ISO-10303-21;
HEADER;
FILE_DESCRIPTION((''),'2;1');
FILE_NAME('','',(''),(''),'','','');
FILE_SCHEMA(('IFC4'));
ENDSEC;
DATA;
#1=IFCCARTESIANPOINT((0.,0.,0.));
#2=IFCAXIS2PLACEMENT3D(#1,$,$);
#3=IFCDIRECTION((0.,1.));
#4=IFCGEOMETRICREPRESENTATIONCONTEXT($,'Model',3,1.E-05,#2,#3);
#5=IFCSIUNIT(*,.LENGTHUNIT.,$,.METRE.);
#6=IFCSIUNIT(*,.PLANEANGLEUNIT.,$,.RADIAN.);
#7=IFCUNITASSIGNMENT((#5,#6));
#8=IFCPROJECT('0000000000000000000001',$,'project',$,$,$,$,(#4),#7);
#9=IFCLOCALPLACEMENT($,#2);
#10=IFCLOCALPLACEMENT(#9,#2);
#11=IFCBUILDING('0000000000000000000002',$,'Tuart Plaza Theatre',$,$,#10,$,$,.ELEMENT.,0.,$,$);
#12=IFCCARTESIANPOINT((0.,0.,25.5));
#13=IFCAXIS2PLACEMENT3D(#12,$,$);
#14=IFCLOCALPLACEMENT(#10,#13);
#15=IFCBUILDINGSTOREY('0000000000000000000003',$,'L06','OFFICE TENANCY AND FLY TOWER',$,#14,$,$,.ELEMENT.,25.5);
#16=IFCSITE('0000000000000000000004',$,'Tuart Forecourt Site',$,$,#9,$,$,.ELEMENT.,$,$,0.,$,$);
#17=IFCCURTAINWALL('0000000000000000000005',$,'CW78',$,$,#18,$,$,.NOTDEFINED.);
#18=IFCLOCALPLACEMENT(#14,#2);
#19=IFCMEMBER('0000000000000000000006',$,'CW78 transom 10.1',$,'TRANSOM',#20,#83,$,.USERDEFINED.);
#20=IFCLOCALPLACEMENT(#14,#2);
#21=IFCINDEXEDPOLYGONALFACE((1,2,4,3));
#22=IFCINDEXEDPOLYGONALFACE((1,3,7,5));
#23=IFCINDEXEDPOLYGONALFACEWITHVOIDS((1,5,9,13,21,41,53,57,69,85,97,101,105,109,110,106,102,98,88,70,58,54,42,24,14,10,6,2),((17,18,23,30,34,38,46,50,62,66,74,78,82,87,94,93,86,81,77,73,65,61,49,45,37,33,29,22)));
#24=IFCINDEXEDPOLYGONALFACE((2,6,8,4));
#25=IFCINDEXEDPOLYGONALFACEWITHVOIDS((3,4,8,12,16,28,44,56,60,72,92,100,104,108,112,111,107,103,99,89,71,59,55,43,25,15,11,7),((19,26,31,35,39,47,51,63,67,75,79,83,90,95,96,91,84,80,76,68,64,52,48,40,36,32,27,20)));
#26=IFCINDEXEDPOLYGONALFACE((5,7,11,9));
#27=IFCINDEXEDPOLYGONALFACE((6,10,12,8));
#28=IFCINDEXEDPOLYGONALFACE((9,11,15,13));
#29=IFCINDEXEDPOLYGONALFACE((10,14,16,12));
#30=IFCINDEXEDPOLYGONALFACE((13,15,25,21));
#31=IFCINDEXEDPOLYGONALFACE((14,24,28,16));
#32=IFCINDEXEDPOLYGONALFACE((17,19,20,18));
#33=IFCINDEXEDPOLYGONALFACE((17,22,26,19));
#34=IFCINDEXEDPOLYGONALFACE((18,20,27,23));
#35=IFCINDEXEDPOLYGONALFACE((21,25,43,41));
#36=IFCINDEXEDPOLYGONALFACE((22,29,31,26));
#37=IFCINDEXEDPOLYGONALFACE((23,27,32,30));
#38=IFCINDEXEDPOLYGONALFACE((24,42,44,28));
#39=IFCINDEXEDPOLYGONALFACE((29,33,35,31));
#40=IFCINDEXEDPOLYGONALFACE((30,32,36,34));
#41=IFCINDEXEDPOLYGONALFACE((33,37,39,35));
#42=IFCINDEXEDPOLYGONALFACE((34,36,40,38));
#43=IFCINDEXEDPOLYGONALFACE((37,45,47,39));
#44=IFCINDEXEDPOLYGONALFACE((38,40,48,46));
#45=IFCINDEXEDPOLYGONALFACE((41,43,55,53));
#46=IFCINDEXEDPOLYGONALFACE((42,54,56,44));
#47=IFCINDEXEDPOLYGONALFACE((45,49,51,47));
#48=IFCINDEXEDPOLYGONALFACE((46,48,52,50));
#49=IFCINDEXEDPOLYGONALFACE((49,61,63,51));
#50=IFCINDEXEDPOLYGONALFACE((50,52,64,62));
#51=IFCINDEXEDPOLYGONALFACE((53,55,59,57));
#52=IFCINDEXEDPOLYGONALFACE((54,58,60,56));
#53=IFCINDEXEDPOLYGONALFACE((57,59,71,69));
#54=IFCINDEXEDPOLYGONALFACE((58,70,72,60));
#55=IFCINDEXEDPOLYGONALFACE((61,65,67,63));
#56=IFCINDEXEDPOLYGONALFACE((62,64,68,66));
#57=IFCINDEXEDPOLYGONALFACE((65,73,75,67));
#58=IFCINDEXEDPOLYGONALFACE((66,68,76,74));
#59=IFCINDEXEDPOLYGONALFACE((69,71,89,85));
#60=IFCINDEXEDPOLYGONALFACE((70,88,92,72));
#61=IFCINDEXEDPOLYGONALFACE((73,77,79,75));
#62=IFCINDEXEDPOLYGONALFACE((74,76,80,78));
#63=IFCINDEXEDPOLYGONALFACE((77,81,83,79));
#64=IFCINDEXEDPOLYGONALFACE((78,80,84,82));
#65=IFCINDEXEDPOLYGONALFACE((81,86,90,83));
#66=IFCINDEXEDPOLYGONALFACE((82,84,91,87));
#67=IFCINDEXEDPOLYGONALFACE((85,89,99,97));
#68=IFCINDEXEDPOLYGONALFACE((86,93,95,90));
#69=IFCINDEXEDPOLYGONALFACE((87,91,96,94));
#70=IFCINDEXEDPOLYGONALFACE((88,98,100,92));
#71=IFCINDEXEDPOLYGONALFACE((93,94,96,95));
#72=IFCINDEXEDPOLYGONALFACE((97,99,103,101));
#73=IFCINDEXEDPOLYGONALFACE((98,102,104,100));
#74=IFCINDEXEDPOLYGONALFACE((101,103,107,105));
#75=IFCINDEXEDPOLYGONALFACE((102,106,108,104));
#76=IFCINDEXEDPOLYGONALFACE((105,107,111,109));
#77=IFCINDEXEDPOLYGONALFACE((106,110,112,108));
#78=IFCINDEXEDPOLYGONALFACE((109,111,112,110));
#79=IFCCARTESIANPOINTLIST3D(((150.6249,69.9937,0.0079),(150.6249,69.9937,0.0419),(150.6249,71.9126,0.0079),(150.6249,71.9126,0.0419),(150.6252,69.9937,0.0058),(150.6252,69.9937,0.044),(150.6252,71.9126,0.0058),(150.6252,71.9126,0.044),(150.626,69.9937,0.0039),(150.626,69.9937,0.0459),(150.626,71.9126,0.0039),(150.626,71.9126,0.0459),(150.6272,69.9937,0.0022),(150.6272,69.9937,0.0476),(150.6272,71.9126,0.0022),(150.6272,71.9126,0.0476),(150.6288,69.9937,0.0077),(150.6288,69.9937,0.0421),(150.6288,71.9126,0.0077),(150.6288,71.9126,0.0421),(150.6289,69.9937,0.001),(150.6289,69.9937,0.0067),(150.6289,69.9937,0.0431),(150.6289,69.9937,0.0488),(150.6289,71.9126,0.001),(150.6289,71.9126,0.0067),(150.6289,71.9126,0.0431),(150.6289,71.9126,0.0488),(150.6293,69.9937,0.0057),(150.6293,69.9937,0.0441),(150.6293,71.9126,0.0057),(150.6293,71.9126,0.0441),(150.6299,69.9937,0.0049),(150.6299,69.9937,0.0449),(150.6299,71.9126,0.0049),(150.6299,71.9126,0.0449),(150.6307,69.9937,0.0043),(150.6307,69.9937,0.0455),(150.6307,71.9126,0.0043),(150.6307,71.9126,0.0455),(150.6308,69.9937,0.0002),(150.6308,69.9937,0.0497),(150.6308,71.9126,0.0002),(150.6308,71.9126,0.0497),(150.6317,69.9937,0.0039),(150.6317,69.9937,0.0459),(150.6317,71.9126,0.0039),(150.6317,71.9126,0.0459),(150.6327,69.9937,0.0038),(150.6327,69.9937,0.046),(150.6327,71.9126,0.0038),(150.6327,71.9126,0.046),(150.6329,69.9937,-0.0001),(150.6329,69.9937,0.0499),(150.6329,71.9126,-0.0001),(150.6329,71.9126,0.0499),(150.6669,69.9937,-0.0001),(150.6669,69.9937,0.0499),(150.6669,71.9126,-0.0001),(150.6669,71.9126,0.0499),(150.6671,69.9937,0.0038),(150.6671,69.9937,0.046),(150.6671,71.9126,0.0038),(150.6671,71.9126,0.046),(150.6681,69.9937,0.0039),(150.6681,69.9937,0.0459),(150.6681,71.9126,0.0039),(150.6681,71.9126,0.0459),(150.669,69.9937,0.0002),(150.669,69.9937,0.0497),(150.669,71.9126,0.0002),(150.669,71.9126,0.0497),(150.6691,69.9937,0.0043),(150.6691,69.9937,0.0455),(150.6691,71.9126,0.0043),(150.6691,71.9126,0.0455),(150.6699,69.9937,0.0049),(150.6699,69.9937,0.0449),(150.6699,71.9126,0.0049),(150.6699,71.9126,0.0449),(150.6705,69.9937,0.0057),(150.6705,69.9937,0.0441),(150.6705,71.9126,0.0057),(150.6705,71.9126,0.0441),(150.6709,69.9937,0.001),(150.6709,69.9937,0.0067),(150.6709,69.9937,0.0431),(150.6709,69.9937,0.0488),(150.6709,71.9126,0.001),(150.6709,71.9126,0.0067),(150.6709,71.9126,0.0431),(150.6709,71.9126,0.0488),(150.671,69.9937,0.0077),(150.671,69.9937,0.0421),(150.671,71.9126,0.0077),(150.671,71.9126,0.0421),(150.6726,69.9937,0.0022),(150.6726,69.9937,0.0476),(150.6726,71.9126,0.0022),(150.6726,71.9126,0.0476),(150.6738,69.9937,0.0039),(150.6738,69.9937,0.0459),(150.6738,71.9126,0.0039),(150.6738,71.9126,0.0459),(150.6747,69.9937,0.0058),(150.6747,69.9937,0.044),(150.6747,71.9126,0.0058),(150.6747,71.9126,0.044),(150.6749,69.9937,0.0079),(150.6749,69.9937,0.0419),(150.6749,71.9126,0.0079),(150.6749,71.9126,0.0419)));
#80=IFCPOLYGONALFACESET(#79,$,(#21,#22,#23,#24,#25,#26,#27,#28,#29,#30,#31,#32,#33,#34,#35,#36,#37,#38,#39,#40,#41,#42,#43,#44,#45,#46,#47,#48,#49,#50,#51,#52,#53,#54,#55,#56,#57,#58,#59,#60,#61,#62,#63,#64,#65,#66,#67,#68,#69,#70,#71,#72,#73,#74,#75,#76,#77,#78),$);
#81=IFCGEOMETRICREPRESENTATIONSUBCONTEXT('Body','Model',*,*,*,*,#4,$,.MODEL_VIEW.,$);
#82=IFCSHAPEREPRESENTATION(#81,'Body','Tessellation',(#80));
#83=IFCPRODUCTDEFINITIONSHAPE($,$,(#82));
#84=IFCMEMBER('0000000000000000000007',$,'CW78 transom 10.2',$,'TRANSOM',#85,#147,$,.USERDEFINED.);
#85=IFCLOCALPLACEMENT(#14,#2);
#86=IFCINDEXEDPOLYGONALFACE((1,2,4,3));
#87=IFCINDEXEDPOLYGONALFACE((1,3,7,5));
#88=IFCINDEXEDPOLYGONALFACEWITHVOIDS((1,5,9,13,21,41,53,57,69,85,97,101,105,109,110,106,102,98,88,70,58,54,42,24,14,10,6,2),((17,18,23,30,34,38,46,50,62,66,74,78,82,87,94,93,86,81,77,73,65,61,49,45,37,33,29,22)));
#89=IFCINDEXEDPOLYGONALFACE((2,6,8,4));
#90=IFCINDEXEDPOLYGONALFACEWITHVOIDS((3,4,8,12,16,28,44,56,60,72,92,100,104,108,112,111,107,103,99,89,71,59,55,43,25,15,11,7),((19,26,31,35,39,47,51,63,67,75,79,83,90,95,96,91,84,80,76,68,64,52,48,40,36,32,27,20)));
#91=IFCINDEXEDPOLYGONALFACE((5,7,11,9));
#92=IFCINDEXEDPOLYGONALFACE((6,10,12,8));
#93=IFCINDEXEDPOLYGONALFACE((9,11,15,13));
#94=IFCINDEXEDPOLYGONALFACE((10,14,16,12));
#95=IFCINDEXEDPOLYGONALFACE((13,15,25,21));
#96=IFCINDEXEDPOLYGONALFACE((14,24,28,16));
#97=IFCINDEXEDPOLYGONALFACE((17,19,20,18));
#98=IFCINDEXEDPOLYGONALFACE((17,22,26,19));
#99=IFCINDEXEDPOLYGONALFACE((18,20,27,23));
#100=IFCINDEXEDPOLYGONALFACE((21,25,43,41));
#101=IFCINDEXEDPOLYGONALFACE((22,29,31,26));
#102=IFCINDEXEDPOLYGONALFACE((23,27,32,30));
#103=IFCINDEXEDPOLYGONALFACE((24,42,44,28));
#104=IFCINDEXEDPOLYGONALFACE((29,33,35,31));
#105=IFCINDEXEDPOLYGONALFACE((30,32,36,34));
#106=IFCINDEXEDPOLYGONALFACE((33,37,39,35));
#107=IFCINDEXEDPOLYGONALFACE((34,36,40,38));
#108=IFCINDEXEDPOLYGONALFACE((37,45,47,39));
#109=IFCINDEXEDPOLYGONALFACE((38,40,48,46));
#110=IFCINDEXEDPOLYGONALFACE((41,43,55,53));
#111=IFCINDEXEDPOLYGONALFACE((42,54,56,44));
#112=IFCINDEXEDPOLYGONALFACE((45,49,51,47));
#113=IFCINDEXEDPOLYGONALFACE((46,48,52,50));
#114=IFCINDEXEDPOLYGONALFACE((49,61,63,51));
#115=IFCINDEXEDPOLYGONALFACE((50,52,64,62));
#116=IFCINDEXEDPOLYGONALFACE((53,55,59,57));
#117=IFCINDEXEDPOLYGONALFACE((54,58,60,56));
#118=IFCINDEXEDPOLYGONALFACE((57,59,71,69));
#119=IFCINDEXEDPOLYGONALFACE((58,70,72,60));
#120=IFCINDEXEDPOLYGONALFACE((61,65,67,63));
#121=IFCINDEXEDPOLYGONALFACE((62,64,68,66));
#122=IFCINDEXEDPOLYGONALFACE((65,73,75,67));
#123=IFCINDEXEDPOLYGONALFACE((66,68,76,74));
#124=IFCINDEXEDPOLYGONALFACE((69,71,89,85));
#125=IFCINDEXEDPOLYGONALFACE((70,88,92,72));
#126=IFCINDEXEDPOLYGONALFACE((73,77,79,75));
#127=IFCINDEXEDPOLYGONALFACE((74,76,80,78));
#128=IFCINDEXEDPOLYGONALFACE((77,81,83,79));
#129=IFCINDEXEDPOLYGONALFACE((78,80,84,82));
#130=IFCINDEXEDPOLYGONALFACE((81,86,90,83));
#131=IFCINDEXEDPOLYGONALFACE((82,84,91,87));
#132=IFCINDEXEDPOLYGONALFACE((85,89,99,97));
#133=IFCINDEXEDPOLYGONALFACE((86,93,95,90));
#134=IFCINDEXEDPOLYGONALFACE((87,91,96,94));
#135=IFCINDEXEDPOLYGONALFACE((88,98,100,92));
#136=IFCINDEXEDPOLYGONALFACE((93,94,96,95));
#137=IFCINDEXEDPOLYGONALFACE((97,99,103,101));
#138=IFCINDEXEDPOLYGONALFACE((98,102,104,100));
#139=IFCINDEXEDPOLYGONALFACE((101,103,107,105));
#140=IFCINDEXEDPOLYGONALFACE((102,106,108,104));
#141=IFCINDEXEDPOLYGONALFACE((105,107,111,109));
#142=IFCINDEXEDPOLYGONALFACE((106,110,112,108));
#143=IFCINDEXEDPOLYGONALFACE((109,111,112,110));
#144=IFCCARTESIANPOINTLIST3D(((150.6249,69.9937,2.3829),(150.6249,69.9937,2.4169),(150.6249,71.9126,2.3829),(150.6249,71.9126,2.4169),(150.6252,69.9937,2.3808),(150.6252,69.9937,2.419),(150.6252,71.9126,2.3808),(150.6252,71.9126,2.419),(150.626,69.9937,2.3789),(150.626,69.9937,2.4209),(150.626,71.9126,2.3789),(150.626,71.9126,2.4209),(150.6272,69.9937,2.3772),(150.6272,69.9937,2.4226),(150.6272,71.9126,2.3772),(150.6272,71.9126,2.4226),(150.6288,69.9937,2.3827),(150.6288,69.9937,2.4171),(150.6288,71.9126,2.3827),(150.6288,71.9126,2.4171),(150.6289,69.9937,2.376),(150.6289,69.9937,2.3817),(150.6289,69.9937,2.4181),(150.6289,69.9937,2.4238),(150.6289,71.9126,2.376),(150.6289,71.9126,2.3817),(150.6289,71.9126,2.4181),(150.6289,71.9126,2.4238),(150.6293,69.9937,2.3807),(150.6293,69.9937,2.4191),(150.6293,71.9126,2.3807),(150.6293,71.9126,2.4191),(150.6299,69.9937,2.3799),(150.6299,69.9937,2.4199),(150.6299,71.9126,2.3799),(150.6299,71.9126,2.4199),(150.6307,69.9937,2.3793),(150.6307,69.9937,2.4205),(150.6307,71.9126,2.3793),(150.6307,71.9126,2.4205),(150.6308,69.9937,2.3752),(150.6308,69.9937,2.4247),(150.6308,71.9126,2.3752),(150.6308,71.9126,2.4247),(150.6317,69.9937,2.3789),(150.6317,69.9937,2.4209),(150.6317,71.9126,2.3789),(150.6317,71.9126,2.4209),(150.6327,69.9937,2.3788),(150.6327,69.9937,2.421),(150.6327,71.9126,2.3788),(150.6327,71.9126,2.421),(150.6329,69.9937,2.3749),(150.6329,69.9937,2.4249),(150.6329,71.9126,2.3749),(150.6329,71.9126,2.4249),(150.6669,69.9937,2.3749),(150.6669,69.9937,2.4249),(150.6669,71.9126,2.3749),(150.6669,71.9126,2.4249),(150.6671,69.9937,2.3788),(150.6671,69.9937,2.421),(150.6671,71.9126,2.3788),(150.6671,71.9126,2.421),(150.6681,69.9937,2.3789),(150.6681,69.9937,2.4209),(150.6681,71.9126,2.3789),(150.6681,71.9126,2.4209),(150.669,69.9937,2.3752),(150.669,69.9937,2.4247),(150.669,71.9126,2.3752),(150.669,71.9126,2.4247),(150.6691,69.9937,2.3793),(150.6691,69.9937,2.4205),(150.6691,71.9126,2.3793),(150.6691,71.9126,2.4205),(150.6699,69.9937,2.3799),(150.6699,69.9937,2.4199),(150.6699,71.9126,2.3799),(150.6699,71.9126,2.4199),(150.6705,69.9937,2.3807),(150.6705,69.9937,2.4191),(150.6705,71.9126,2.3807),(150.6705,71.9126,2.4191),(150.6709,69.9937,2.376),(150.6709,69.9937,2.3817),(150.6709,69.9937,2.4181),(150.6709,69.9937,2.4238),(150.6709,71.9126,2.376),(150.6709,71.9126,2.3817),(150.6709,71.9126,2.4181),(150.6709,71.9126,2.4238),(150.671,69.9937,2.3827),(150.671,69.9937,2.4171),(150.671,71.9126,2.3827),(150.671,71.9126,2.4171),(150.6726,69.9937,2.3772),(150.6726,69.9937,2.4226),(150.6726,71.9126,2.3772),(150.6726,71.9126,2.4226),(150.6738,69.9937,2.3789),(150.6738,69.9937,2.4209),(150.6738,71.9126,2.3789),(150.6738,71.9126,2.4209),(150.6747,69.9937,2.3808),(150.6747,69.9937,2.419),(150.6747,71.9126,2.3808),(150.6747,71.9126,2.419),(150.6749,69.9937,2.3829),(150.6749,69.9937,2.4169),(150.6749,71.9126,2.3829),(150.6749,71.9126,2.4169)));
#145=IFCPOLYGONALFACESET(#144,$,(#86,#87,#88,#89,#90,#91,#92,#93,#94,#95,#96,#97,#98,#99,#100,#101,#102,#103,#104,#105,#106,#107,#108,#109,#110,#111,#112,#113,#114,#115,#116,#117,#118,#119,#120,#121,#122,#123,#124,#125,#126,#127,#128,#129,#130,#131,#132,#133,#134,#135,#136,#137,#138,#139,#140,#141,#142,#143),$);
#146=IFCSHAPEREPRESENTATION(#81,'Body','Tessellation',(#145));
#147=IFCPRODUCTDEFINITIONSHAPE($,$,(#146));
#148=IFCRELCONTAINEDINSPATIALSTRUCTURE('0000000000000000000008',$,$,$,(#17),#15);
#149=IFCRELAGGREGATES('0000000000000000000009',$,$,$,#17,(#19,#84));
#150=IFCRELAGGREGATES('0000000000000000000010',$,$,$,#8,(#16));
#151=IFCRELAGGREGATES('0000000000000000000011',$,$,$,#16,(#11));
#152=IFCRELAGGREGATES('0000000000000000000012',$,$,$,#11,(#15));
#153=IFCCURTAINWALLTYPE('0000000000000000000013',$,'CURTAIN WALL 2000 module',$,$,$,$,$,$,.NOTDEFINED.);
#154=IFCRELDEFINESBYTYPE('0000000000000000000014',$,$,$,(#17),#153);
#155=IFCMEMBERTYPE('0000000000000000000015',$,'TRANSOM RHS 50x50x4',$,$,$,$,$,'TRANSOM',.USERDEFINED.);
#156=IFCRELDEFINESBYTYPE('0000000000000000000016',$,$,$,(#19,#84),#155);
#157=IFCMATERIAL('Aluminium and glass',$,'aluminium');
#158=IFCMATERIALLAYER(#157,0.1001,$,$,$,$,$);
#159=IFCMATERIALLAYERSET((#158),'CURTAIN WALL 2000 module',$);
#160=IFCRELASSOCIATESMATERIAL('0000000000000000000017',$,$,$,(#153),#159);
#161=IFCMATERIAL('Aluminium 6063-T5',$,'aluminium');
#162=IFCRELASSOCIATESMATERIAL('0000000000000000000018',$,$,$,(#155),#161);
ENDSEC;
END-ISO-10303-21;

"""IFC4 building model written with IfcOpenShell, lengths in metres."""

from ifc_helpers import new_model, si_unit, direction, frame, origin, origin_2d, place, context, subcontext, project, spatial, hollow_rectangle, extrude, material, layer, layer_set, material_profile, profile_set, type_object, element, aggregate, save


model = new_model("IFC4")

# Units and contexts
model_context = context("Model", 3, precision=1e-05, world=origin(), true_north=direction((0.0, 1.0)))
body_context = subcontext(model_context, "Body", "Model", "MODEL_VIEW")
ifc_project = project(units=[si_unit("LENGTHUNIT", "METRE"), si_unit("PLANEANGLEUNIT", "RADIAN")], contexts=[model_context])

# Site, building, storey
site_placement = place(None, origin())
site = spatial("IfcSite", under=ifc_project, at=site_placement, Name="Tuart Forecourt Site", CompositionType="ELEMENT", RefElevation=0.0)
building_placement = place(site_placement, origin())
building = spatial("IfcBuilding", under=site, at=building_placement, Name="Tuart Plaza Theatre", CompositionType="ELEMENT", ElevationOfRefHeight=0.0)
storey_placement = place(building_placement, frame((0.0, 0.0, 25.5)))
storey = spatial("IfcBuildingStorey", under=building, at=storey_placement, Name="L06", Description="OFFICE TENANCY AND FLY TOWER", CompositionType="ELEMENT", Elevation=25.5)

# Curtain wall, members
ifc_material_1 = material(Name="Aluminium and glass", Category="aluminium")
ifc_layer_1 = layer(ifc_material_1, 0.1001)
ifc_layer_set_1 = layer_set([ifc_layer_1], Name="CURTAIN WALL 2000 module")
curtain_wall_type = type_object("IfcCurtainWallType", Name="CURTAIN WALL 2000 module", PredefinedType="NOTDEFINED", material=ifc_layer_set_1)
curtain_wall_placement = place(storey_placement, origin())
curtain_wall = element("IfcCurtainWall", 1, at=curtain_wall_placement, inside=storey, type_object=curtain_wall_type, Name="CW78", PredefinedType="NOTDEFINED")
ifc_material_2 = material(Name="Aluminium 6063-T5", Category="aluminium")
ifc_material_profile_1 = material_profile(ifc_material_2, hollow_rectangle(XDim=0.05, YDim=0.05, WallThickness=0.0039, InnerFilletRadius=0.0039, OuterFilletRadius=0.0081, at=origin_2d()), Name="RHS 50x50x4")
ifc_profile_set_1 = profile_set([ifc_material_profile_1], Name="Aluminium 6063-T5")
member_type_1 = type_object("IfcMemberType", Name="TRANSOM RHS 50x50x4", ElementType="TRANSOM", PredefinedType="USERDEFINED", material=ifc_profile_set_1)
member_1_placement = place(storey_placement, frame((150.6499, 69.9937, 0.0249), z_axis=(0.0, 1.0, 0.0), x_axis=(-1.0, 0.0, 0.0)))
member_1 = element("IfcMember", 2, at=member_1_placement, type_object=member_type_1, Name="CW78 transom 10.1", ObjectType="TRANSOM", PredefinedType="USERDEFINED", context=body_context, shape_type="SweptSolid", body=[
    extrude(hollow_rectangle(XDim=0.05, YDim=0.05, WallThickness=0.0039, InnerFilletRadius=0.0039, OuterFilletRadius=0.0081, at=origin_2d()), origin(), (0.0, 0.0, 1.0), 1.9189),
])
member_2_placement = place(storey_placement, frame((150.6499, 69.9937, 2.3999), z_axis=(0.0, 1.0, 0.0), x_axis=(-1.0, 0.0, 0.0)))
member_2 = element("IfcMember", 3, at=member_2_placement, type_object=member_type_1, Name="CW78 transom 10.2", ObjectType="TRANSOM", PredefinedType="USERDEFINED", context=body_context, shape_type="SweptSolid", body=[
    extrude(hollow_rectangle(XDim=0.05, YDim=0.05, WallThickness=0.0039, InnerFilletRadius=0.0039, OuterFilletRadius=0.0081, at=origin_2d()), origin(), (0.0, 0.0, 1.0), 1.9189),
])
aggregate(curtain_wall, [member_1, member_2])

save(model, "model.ifc")
